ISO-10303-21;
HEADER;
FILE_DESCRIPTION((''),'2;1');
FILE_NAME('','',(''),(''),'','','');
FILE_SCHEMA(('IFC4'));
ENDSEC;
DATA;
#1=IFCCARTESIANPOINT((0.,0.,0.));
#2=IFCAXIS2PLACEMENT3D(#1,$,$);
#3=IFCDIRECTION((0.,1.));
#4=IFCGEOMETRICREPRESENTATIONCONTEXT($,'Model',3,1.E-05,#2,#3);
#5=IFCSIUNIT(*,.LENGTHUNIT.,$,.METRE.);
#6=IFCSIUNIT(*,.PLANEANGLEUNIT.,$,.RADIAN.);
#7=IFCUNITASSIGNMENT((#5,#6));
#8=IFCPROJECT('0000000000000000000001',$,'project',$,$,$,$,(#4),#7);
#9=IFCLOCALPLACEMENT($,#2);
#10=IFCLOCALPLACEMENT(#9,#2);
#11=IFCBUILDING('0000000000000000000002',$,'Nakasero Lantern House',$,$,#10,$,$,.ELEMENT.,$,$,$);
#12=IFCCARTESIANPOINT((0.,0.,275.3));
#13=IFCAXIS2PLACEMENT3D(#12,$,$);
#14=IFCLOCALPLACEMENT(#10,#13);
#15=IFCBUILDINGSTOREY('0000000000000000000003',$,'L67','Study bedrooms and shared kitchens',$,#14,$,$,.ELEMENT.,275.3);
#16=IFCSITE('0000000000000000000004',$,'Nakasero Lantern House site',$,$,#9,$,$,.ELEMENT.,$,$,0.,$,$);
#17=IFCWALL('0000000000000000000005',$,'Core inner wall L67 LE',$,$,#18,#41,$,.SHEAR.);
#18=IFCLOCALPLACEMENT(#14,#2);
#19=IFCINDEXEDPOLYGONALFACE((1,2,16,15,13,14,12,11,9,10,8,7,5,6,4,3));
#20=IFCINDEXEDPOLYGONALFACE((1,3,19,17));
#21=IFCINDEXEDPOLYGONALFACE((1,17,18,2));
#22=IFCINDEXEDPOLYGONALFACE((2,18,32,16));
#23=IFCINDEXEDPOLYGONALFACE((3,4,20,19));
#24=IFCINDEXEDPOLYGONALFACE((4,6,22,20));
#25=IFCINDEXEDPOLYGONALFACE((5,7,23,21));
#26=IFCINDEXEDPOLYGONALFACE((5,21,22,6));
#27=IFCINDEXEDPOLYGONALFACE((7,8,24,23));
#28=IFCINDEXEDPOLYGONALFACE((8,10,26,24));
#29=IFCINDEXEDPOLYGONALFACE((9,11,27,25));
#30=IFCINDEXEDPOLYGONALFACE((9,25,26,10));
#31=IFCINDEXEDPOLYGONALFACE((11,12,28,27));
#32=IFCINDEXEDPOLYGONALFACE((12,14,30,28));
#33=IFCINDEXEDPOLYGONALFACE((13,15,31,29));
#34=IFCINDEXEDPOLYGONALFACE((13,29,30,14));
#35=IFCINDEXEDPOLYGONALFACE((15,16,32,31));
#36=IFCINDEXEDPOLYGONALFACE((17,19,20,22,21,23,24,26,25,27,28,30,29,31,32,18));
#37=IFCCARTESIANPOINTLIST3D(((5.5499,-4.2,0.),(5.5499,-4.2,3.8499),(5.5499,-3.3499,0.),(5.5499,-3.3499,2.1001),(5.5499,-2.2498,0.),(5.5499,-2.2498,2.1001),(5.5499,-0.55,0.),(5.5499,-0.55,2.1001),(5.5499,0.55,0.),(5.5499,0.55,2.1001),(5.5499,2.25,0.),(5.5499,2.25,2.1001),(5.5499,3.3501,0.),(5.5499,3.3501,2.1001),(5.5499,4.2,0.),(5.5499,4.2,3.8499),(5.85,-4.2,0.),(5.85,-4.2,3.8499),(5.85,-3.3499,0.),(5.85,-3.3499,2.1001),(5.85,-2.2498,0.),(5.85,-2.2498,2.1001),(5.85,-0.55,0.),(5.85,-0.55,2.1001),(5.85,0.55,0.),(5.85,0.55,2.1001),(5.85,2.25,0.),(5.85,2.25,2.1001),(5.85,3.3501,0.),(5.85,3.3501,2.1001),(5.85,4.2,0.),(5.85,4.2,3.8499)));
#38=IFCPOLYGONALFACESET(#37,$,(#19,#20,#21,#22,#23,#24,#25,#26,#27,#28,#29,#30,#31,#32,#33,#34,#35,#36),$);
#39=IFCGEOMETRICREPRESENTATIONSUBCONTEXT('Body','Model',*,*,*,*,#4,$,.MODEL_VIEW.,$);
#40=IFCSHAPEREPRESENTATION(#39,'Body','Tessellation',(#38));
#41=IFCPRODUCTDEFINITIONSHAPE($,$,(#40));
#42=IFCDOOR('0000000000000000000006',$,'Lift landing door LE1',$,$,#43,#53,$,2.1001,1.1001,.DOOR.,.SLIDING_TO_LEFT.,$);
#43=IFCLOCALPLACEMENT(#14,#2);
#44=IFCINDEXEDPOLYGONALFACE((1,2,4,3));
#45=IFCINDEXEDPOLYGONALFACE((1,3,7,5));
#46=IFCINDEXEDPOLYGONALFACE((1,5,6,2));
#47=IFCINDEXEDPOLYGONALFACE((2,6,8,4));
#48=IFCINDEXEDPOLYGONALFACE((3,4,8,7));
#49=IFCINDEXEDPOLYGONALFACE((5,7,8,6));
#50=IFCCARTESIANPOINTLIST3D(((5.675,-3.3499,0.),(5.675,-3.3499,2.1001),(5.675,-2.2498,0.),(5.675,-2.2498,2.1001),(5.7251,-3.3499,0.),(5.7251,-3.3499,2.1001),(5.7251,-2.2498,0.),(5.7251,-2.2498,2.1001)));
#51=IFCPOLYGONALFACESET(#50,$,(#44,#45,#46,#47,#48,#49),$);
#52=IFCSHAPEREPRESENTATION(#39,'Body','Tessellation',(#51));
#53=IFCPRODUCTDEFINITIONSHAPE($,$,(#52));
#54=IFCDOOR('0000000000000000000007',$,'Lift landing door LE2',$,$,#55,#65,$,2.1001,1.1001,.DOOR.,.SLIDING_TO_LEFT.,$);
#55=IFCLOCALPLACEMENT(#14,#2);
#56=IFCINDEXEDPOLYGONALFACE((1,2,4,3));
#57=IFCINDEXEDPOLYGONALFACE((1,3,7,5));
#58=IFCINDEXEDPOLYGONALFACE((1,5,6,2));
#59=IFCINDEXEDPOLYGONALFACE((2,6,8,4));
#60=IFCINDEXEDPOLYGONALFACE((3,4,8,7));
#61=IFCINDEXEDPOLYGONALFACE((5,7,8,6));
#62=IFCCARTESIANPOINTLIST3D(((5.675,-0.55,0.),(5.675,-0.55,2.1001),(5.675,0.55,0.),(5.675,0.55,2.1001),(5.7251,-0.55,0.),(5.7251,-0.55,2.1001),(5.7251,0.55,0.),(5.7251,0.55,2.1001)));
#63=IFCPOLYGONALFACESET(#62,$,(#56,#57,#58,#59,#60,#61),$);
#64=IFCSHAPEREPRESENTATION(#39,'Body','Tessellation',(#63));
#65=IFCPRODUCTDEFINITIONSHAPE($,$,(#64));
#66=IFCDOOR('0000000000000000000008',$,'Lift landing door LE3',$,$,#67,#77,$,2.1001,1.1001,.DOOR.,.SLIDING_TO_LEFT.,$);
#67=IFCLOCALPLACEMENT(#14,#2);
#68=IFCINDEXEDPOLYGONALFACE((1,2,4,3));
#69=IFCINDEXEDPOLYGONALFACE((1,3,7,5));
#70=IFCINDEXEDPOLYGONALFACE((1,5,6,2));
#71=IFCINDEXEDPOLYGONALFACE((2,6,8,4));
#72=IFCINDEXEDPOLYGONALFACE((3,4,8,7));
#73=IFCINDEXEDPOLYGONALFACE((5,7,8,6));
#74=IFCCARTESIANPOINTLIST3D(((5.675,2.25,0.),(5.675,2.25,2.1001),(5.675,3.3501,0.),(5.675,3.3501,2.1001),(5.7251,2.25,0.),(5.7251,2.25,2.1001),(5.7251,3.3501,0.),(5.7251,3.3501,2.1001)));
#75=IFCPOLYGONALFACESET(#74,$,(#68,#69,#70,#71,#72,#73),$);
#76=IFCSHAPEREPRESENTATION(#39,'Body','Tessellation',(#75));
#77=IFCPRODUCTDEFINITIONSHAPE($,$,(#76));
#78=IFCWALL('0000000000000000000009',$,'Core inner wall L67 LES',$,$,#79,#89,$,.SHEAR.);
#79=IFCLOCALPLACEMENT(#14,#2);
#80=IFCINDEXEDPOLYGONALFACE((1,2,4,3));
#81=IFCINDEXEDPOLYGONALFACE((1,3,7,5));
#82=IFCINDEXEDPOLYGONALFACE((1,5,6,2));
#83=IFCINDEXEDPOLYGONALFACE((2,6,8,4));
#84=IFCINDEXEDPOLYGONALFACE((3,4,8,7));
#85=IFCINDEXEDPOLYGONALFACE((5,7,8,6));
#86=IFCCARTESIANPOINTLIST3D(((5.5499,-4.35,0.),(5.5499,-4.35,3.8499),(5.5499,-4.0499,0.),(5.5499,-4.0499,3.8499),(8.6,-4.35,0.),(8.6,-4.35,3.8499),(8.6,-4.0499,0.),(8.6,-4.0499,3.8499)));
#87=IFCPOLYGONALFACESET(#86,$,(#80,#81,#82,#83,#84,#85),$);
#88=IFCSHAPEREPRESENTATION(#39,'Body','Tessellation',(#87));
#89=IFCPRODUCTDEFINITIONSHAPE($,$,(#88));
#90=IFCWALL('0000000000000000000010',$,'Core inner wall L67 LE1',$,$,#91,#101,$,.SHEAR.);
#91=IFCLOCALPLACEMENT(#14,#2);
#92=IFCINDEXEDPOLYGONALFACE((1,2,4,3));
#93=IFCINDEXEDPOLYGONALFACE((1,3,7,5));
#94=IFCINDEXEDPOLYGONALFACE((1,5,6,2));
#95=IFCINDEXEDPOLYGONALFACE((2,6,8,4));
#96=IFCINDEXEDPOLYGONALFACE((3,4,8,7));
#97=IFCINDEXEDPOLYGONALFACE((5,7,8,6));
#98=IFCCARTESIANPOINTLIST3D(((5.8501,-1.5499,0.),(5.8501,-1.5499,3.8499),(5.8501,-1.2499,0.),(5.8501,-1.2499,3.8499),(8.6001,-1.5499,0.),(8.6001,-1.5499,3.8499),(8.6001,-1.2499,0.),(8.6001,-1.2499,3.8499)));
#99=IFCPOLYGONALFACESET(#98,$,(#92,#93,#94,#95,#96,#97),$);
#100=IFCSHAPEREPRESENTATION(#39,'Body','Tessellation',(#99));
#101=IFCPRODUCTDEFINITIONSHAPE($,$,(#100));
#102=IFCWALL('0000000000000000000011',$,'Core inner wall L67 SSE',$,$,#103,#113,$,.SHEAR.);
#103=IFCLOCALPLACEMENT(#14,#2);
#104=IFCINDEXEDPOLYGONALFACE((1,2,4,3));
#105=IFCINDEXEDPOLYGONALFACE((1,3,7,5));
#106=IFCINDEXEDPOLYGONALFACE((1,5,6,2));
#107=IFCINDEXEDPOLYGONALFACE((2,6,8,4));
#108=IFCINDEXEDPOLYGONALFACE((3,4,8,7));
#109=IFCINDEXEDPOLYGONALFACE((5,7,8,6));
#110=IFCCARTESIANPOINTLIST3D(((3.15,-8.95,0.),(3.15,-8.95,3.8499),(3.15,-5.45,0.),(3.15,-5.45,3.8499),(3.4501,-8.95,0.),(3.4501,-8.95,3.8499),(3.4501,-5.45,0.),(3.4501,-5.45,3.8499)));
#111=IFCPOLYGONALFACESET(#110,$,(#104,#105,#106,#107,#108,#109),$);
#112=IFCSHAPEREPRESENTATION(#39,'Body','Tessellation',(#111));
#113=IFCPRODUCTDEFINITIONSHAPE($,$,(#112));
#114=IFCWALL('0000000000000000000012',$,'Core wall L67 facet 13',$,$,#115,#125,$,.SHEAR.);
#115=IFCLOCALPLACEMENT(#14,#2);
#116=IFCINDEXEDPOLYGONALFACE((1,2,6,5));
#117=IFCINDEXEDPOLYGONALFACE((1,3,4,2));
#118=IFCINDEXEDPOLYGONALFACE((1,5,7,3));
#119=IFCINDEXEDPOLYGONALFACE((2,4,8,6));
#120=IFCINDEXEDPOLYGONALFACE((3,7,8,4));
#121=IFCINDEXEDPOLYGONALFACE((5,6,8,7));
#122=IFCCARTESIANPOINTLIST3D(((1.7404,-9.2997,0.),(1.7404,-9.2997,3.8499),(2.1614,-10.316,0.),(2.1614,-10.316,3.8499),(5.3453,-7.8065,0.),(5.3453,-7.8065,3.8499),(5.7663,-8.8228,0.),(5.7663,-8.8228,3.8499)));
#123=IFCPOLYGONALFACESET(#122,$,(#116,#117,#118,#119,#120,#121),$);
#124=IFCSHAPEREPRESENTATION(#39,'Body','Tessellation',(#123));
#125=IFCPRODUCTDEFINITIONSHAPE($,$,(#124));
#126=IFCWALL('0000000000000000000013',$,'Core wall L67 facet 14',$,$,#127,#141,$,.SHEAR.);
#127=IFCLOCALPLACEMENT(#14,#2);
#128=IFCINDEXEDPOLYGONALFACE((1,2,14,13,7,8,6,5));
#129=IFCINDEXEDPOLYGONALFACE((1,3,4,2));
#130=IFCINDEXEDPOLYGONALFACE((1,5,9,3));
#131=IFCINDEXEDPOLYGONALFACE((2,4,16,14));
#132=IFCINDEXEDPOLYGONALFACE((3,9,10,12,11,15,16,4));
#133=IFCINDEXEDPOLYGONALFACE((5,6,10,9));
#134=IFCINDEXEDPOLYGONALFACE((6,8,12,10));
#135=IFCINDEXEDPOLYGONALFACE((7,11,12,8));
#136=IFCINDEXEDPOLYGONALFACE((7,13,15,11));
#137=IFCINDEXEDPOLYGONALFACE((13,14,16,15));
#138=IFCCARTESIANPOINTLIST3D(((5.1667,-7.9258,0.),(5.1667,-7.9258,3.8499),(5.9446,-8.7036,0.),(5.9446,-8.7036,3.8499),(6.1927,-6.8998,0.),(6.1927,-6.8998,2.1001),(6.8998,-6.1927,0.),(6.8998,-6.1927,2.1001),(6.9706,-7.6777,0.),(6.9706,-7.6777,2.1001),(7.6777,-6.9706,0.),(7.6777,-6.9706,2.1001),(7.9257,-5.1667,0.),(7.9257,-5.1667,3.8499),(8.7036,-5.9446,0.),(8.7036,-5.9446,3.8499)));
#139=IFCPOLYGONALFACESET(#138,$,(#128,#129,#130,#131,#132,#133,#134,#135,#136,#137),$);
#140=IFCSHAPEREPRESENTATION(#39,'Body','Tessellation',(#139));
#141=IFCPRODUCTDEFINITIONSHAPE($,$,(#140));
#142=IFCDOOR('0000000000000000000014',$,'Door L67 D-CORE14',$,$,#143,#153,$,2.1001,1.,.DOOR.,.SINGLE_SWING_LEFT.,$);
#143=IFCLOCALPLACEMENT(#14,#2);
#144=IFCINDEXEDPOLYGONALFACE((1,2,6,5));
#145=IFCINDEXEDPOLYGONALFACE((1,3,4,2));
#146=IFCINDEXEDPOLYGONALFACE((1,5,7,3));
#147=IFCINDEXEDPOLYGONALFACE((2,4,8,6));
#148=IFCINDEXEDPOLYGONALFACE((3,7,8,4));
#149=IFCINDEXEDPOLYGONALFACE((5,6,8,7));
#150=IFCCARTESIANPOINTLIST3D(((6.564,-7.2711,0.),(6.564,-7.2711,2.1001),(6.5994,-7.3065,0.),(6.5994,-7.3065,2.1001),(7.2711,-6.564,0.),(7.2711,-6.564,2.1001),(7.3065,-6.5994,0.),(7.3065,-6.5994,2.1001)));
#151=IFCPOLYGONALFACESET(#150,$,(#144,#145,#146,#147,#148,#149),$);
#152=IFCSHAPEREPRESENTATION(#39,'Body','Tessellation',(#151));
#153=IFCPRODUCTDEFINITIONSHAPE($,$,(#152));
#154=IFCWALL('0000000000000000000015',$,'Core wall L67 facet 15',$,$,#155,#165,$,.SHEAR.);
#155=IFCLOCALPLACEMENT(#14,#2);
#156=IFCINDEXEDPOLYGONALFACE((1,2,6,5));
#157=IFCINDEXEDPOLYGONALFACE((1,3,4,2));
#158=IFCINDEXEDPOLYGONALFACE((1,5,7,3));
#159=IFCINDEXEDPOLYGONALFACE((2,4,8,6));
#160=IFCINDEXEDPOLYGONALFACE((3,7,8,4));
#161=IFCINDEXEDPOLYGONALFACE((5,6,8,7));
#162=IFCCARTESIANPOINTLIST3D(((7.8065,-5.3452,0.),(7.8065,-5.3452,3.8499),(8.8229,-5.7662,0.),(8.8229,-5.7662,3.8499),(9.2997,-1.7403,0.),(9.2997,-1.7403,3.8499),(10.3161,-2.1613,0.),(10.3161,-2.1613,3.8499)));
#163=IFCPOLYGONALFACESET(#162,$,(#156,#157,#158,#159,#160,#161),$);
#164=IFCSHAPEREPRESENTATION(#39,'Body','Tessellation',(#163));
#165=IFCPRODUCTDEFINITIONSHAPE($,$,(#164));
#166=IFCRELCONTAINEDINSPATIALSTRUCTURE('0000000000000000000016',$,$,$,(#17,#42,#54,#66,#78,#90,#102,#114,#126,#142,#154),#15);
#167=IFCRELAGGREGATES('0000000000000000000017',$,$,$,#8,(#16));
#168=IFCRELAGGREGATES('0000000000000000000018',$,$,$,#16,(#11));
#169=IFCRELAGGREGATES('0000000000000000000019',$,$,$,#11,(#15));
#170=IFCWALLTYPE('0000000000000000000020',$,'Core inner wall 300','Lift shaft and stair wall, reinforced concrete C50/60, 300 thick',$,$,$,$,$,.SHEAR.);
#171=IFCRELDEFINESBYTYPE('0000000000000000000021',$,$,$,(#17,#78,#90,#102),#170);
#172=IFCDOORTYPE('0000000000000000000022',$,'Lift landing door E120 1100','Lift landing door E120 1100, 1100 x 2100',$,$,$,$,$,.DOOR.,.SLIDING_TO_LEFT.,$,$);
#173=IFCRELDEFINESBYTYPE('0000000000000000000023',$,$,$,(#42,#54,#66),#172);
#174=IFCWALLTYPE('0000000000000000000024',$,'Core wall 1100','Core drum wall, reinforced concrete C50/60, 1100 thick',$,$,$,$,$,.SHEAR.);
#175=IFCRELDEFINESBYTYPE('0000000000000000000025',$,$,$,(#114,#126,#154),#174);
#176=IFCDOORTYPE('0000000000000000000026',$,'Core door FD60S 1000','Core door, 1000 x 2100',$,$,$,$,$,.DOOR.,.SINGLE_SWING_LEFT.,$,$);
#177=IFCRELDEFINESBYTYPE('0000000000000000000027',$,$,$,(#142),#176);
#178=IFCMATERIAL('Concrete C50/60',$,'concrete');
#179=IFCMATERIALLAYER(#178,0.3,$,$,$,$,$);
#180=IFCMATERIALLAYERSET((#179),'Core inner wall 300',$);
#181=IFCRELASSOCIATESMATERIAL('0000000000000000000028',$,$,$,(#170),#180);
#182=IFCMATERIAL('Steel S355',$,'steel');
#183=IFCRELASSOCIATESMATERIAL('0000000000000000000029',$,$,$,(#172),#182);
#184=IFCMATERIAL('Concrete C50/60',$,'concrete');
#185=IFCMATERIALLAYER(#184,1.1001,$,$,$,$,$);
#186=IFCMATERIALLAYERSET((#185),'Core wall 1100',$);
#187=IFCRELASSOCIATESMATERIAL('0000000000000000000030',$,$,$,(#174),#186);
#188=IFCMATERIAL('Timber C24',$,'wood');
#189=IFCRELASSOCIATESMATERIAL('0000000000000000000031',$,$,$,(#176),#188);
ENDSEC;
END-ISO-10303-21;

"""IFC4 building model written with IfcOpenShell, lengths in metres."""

from ifc_helpers import new_model, si_unit, direction, frame, frame_2d, origin, place, context, subcontext, project, spatial, rectangle, extrude, material, layer, layer_set, type_object, element, fill, save


model = new_model("IFC4")

# Units and contexts
model_context = context("Model", 3, precision=1e-05, world=origin(), true_north=direction((0.0, 1.0)))
body_context = subcontext(model_context, "Body", "Model", "MODEL_VIEW")
ifc_project = project(units=[si_unit("LENGTHUNIT", "METRE"), si_unit("PLANEANGLEUNIT", "RADIAN")], contexts=[model_context])

# Site, building, storey
site_placement = place(None, origin())
site = spatial("IfcSite", under=ifc_project, at=site_placement, Name="Nakasero Lantern House site", CompositionType="ELEMENT", RefElevation=0.0)
building_placement = place(site_placement, origin())
building = spatial("IfcBuilding", under=site, at=building_placement, Name="Nakasero Lantern House", CompositionType="ELEMENT")
storey_placement = place(building_placement, frame((0.0, 0.0, 275.3)))
storey = spatial("IfcBuildingStorey", under=building, at=storey_placement, Name="L67", Description="Study bedrooms and shared kitchens", CompositionType="ELEMENT", Elevation=275.3)

# Wall, openings, doors
ifc_material_1 = material(Name="Concrete C50/60", Category="concrete")
ifc_layer_1 = layer(ifc_material_1, 0.3)
ifc_layer_set_1 = layer_set([ifc_layer_1], Name="Core inner wall 300")
wall_type_1 = type_object("IfcWallType", Name="Core inner wall 300", Description="Lift shaft and stair wall, reinforced concrete C50/60, 300 thick", PredefinedType="SHEAR", material=ifc_layer_set_1)
wall_1_placement = place(storey_placement, frame((5.7, -4.2, 0.0), z_axis=(0.0, 0.0, 1.0), x_axis=(0.0, 1.0, 0.0)))
wall_1 = element("IfcWall", 1, at=wall_1_placement, inside=storey, type_object=wall_type_1, Name="Core inner wall L67 LE", PredefinedType="SHEAR", context=body_context, shape_type="SweptSolid", body=[
    extrude(rectangle(XDim=8.3999, YDim=0.3, at=frame_2d((4.2, 0.0))), origin(), (0.0, 0.0, 1.0), 3.8499),
])
opening_1_placement = place(wall_1_placement, frame((0.8501, 0.0, 0.0)))
opening_1 = element("IfcOpeningElement", 2, at=opening_1_placement, cuts=wall_1, PredefinedType="OPENING", context=body_context, shape_type="SweptSolid", body=[
    extrude(rectangle(XDim=1.1001, YDim=2.1001, at=frame_2d((0.55, 1.05))), frame((0.0, 0.1699, 0.0), z_axis=(0.0, -1.0, 0.0), x_axis=(1.0, 0.0, 0.0)), (0.0, 0.0, 1.0), 0.3401),
])
opening_2_placement = place(wall_1_placement, frame((3.6499, 0.0, 0.0)))
opening_2 = element("IfcOpeningElement", 3, at=opening_2_placement, cuts=wall_1, PredefinedType="OPENING", context=body_context, shape_type="SweptSolid", body=[
    extrude(rectangle(XDim=1.1001, YDim=2.1001, at=frame_2d((0.55, 1.05))), frame((0.0, 0.1699, 0.0), z_axis=(0.0, -1.0, 0.0), x_axis=(1.0, 0.0, 0.0)), (0.0, 0.0, 1.0), 0.3401),
])
opening_3_placement = place(wall_1_placement, frame((6.45, 0.0, 0.0)))
opening_3 = element("IfcOpeningElement", 4, at=opening_3_placement, cuts=wall_1, PredefinedType="OPENING", context=body_context, shape_type="SweptSolid", body=[
    extrude(rectangle(XDim=1.1001, YDim=2.1001, at=frame_2d((0.55, 1.05))), frame((0.0, 0.1699, 0.0), z_axis=(0.0, -1.0, 0.0), x_axis=(1.0, 0.0, 0.0)), (0.0, 0.0, 1.0), 0.3401),
])
ifc_material_2 = material(Name="Steel S355", Category="steel")
door_type_1 = type_object("IfcDoorType", Name="Lift landing door E120 1100", Description="Lift landing door E120 1100, 1100 x 2100", OperationType="SLIDING_TO_LEFT", PredefinedType="DOOR", material=ifc_material_2)
door_1_placement = place(opening_1_placement, origin())
door_1 = element("IfcDoor", 5, at=door_1_placement, inside=storey, type_object=door_type_1, Name="Lift landing door LE1", OperationType="SLIDING_TO_LEFT", OverallHeight=2.1001, OverallWidth=1.1001, PredefinedType="DOOR", context=body_context, shape_type="SweptSolid", body=[
    extrude(rectangle(XDim=1.1001, YDim=2.1001, at=frame_2d((0.55, 1.05))), frame((0.0, 0.0249, 0.0), z_axis=(0.0, -1.0, 0.0), x_axis=(1.0, 0.0, 0.0)), (0.0, 0.0, 1.0), 0.05),
])
fill(opening_1, door_1)
door_2_placement = place(opening_2_placement, origin())
door_2 = element("IfcDoor", 6, at=door_2_placement, inside=storey, type_object=door_type_1, Name="Lift landing door LE2", OperationType="SLIDING_TO_LEFT", OverallHeight=2.1001, OverallWidth=1.1001, PredefinedType="DOOR", context=body_context, shape_type="SweptSolid", body=[
    extrude(rectangle(XDim=1.1001, YDim=2.1001, at=frame_2d((0.55, 1.05))), frame((0.0, 0.0249, 0.0), z_axis=(0.0, -1.0, 0.0), x_axis=(1.0, 0.0, 0.0)), (0.0, 0.0, 1.0), 0.05),
])
fill(opening_2, door_2)
door_3_placement = place(opening_3_placement, origin())
door_3 = element("IfcDoor", 7, at=door_3_placement, inside=storey, type_object=door_type_1, Name="Lift landing door LE3", OperationType="SLIDING_TO_LEFT", OverallHeight=2.1001, OverallWidth=1.1001, PredefinedType="DOOR", context=body_context, shape_type="SweptSolid", body=[
    extrude(rectangle(XDim=1.1001, YDim=2.1001, at=frame_2d((0.55, 1.05))), frame((0.0, 0.0249, 0.0), z_axis=(0.0, -1.0, 0.0), x_axis=(1.0, 0.0, 0.0)), (0.0, 0.0, 1.0), 0.05),
])
fill(opening_3, door_3)

# Walls
wall_2_placement = place(storey_placement, frame((5.55, -4.2, 0.0), z_axis=(0.0, 0.0, 1.0), x_axis=(1.0, 0.0, 0.0)))
element("IfcWall", 8, at=wall_2_placement, inside=storey, type_object=wall_type_1, Name="Core inner wall L67 LES", PredefinedType="SHEAR", context=body_context, shape_type="SweptSolid", body=[
    extrude(rectangle(XDim=3.05, YDim=0.3, at=frame_2d((1.5249, 0.0))), origin(), (0.0, 0.0, 1.0), 3.8499),
])
wall_3_placement = place(storey_placement, frame((5.8501, -1.3999, 0.0), z_axis=(0.0, 0.0, 1.0), x_axis=(1.0, 0.0, 0.0)))
element("IfcWall", 9, at=wall_3_placement, inside=storey, type_object=wall_type_1, Name="Core inner wall L67 LE1", PredefinedType="SHEAR", context=body_context, shape_type="SweptSolid", body=[
    extrude(rectangle(XDim=2.75, YDim=0.3, at=frame_2d((1.375, 0.0))), origin(), (0.0, 0.0, 1.0), 3.8499),
])
wall_4_placement = place(storey_placement, frame((3.3, -5.45, 0.0), z_axis=(0.0, 0.0, 1.0), x_axis=(0.0, -1.0, 0.0)))
element("IfcWall", 10, at=wall_4_placement, inside=storey, type_object=wall_type_1, Name="Core inner wall L67 SSE", PredefinedType="SHEAR", context=body_context, shape_type="SweptSolid", body=[
    extrude(rectangle(XDim=3.5, YDim=0.3, at=frame_2d((1.75, 0.0))), origin(), (0.0, 0.0, 1.0), 3.8499),
])
ifc_material_3 = material(Name="Concrete C50/60", Category="concrete")
ifc_layer_2 = layer(ifc_material_3, 1.1001)
ifc_layer_set_2 = layer_set([ifc_layer_2], Name="Core wall 1100")
wall_type_2 = type_object("IfcWallType", Name="Core wall 1100", Description="Core drum wall, reinforced concrete C50/60, 1100 thick", PredefinedType="SHEAR", material=ifc_layer_set_2)
wall_5_placement = place(storey_placement, frame((1.9509, -9.8079, 0.0), z_axis=(0.0, 0.0, 1.0), x_axis=(0.923877, 0.382691, 0.0)))
element("IfcWall", 11, at=wall_5_placement, inside=storey, type_object=wall_type_2, Name="Core wall L67 facet 13", PredefinedType="SHEAR", context=body_context, shape_type="SweptSolid", body=[
    extrude(rectangle(XDim=3.9019, YDim=1.1001, at=frame_2d((1.9509, 0.0))), origin(), (0.0, 0.0, 1.0), 3.8499),
])

# Wall, opening, door
wall_6_placement = place(storey_placement, frame((5.5557, -8.3147, 0.0), z_axis=(0.0, 0.0, 1.0), x_axis=(0.707107, 0.707107, 0.0)))
wall_6 = element("IfcWall", 12, at=wall_6_placement, inside=storey, type_object=wall_type_2, Name="Core wall L67 facet 14", PredefinedType="SHEAR", context=body_context, shape_type="SweptSolid", body=[
    extrude(rectangle(XDim=3.9019, YDim=1.1001, at=frame_2d((1.9509, 0.0))), origin(), (0.0, 0.0, 1.0), 3.8499),
])
opening_4_placement = place(wall_6_placement, frame((1.4509, 0.0, 0.0)))
opening_4 = element("IfcOpeningElement", 13, at=opening_4_placement, cuts=wall_6, PredefinedType="OPENING", context=body_context, shape_type="SweptSolid", body=[
    extrude(rectangle(XDim=1.0, YDim=2.1001, at=frame_2d((0.5, 1.05))), frame((0.0, 0.5701, 0.0), z_axis=(0.0, -1.0, 0.0), x_axis=(1.0, 0.0, 0.0)), (0.0, 0.0, 1.0), 1.1401),
])
ifc_material_4 = material(Name="Timber C24", Category="wood")
door_type_2 = type_object("IfcDoorType", Name="Core door FD60S 1000", Description="Core door, 1000 x 2100", OperationType="SINGLE_SWING_LEFT", PredefinedType="DOOR", material=ifc_material_4)
door_4_placement = place(opening_4_placement, origin())
door_4 = element("IfcDoor", 14, at=door_4_placement, inside=storey, type_object=door_type_2, Name="Door L67 D-CORE14", OperationType="SINGLE_SWING_LEFT", OverallHeight=2.1001, OverallWidth=1.0, PredefinedType="DOOR", context=body_context, shape_type="SweptSolid", body=[
    extrude(rectangle(XDim=1.0, YDim=2.1001, at=frame_2d((0.5, 1.05))), frame((0.0, 0.0249, 0.0), z_axis=(0.0, -1.0, 0.0), x_axis=(1.0, 0.0, 0.0)), (0.0, 0.0, 1.0), 0.05),
])
fill(opening_4, door_4)

# Wall
wall_7_placement = place(storey_placement, frame((8.3147, -5.5557, 0.0), z_axis=(0.0, 0.0, 1.0), x_axis=(0.382691, 0.923877, 0.0)))
element("IfcWall", 15, at=wall_7_placement, inside=storey, type_object=wall_type_2, Name="Core wall L67 facet 15", PredefinedType="SHEAR", context=body_context, shape_type="SweptSolid", body=[
    extrude(rectangle(XDim=3.9019, YDim=1.1001, at=frame_2d((1.9509, 0.0))), origin(), (0.0, 0.0, 1.0), 3.8499),
])

save(model, "model.ifc")
